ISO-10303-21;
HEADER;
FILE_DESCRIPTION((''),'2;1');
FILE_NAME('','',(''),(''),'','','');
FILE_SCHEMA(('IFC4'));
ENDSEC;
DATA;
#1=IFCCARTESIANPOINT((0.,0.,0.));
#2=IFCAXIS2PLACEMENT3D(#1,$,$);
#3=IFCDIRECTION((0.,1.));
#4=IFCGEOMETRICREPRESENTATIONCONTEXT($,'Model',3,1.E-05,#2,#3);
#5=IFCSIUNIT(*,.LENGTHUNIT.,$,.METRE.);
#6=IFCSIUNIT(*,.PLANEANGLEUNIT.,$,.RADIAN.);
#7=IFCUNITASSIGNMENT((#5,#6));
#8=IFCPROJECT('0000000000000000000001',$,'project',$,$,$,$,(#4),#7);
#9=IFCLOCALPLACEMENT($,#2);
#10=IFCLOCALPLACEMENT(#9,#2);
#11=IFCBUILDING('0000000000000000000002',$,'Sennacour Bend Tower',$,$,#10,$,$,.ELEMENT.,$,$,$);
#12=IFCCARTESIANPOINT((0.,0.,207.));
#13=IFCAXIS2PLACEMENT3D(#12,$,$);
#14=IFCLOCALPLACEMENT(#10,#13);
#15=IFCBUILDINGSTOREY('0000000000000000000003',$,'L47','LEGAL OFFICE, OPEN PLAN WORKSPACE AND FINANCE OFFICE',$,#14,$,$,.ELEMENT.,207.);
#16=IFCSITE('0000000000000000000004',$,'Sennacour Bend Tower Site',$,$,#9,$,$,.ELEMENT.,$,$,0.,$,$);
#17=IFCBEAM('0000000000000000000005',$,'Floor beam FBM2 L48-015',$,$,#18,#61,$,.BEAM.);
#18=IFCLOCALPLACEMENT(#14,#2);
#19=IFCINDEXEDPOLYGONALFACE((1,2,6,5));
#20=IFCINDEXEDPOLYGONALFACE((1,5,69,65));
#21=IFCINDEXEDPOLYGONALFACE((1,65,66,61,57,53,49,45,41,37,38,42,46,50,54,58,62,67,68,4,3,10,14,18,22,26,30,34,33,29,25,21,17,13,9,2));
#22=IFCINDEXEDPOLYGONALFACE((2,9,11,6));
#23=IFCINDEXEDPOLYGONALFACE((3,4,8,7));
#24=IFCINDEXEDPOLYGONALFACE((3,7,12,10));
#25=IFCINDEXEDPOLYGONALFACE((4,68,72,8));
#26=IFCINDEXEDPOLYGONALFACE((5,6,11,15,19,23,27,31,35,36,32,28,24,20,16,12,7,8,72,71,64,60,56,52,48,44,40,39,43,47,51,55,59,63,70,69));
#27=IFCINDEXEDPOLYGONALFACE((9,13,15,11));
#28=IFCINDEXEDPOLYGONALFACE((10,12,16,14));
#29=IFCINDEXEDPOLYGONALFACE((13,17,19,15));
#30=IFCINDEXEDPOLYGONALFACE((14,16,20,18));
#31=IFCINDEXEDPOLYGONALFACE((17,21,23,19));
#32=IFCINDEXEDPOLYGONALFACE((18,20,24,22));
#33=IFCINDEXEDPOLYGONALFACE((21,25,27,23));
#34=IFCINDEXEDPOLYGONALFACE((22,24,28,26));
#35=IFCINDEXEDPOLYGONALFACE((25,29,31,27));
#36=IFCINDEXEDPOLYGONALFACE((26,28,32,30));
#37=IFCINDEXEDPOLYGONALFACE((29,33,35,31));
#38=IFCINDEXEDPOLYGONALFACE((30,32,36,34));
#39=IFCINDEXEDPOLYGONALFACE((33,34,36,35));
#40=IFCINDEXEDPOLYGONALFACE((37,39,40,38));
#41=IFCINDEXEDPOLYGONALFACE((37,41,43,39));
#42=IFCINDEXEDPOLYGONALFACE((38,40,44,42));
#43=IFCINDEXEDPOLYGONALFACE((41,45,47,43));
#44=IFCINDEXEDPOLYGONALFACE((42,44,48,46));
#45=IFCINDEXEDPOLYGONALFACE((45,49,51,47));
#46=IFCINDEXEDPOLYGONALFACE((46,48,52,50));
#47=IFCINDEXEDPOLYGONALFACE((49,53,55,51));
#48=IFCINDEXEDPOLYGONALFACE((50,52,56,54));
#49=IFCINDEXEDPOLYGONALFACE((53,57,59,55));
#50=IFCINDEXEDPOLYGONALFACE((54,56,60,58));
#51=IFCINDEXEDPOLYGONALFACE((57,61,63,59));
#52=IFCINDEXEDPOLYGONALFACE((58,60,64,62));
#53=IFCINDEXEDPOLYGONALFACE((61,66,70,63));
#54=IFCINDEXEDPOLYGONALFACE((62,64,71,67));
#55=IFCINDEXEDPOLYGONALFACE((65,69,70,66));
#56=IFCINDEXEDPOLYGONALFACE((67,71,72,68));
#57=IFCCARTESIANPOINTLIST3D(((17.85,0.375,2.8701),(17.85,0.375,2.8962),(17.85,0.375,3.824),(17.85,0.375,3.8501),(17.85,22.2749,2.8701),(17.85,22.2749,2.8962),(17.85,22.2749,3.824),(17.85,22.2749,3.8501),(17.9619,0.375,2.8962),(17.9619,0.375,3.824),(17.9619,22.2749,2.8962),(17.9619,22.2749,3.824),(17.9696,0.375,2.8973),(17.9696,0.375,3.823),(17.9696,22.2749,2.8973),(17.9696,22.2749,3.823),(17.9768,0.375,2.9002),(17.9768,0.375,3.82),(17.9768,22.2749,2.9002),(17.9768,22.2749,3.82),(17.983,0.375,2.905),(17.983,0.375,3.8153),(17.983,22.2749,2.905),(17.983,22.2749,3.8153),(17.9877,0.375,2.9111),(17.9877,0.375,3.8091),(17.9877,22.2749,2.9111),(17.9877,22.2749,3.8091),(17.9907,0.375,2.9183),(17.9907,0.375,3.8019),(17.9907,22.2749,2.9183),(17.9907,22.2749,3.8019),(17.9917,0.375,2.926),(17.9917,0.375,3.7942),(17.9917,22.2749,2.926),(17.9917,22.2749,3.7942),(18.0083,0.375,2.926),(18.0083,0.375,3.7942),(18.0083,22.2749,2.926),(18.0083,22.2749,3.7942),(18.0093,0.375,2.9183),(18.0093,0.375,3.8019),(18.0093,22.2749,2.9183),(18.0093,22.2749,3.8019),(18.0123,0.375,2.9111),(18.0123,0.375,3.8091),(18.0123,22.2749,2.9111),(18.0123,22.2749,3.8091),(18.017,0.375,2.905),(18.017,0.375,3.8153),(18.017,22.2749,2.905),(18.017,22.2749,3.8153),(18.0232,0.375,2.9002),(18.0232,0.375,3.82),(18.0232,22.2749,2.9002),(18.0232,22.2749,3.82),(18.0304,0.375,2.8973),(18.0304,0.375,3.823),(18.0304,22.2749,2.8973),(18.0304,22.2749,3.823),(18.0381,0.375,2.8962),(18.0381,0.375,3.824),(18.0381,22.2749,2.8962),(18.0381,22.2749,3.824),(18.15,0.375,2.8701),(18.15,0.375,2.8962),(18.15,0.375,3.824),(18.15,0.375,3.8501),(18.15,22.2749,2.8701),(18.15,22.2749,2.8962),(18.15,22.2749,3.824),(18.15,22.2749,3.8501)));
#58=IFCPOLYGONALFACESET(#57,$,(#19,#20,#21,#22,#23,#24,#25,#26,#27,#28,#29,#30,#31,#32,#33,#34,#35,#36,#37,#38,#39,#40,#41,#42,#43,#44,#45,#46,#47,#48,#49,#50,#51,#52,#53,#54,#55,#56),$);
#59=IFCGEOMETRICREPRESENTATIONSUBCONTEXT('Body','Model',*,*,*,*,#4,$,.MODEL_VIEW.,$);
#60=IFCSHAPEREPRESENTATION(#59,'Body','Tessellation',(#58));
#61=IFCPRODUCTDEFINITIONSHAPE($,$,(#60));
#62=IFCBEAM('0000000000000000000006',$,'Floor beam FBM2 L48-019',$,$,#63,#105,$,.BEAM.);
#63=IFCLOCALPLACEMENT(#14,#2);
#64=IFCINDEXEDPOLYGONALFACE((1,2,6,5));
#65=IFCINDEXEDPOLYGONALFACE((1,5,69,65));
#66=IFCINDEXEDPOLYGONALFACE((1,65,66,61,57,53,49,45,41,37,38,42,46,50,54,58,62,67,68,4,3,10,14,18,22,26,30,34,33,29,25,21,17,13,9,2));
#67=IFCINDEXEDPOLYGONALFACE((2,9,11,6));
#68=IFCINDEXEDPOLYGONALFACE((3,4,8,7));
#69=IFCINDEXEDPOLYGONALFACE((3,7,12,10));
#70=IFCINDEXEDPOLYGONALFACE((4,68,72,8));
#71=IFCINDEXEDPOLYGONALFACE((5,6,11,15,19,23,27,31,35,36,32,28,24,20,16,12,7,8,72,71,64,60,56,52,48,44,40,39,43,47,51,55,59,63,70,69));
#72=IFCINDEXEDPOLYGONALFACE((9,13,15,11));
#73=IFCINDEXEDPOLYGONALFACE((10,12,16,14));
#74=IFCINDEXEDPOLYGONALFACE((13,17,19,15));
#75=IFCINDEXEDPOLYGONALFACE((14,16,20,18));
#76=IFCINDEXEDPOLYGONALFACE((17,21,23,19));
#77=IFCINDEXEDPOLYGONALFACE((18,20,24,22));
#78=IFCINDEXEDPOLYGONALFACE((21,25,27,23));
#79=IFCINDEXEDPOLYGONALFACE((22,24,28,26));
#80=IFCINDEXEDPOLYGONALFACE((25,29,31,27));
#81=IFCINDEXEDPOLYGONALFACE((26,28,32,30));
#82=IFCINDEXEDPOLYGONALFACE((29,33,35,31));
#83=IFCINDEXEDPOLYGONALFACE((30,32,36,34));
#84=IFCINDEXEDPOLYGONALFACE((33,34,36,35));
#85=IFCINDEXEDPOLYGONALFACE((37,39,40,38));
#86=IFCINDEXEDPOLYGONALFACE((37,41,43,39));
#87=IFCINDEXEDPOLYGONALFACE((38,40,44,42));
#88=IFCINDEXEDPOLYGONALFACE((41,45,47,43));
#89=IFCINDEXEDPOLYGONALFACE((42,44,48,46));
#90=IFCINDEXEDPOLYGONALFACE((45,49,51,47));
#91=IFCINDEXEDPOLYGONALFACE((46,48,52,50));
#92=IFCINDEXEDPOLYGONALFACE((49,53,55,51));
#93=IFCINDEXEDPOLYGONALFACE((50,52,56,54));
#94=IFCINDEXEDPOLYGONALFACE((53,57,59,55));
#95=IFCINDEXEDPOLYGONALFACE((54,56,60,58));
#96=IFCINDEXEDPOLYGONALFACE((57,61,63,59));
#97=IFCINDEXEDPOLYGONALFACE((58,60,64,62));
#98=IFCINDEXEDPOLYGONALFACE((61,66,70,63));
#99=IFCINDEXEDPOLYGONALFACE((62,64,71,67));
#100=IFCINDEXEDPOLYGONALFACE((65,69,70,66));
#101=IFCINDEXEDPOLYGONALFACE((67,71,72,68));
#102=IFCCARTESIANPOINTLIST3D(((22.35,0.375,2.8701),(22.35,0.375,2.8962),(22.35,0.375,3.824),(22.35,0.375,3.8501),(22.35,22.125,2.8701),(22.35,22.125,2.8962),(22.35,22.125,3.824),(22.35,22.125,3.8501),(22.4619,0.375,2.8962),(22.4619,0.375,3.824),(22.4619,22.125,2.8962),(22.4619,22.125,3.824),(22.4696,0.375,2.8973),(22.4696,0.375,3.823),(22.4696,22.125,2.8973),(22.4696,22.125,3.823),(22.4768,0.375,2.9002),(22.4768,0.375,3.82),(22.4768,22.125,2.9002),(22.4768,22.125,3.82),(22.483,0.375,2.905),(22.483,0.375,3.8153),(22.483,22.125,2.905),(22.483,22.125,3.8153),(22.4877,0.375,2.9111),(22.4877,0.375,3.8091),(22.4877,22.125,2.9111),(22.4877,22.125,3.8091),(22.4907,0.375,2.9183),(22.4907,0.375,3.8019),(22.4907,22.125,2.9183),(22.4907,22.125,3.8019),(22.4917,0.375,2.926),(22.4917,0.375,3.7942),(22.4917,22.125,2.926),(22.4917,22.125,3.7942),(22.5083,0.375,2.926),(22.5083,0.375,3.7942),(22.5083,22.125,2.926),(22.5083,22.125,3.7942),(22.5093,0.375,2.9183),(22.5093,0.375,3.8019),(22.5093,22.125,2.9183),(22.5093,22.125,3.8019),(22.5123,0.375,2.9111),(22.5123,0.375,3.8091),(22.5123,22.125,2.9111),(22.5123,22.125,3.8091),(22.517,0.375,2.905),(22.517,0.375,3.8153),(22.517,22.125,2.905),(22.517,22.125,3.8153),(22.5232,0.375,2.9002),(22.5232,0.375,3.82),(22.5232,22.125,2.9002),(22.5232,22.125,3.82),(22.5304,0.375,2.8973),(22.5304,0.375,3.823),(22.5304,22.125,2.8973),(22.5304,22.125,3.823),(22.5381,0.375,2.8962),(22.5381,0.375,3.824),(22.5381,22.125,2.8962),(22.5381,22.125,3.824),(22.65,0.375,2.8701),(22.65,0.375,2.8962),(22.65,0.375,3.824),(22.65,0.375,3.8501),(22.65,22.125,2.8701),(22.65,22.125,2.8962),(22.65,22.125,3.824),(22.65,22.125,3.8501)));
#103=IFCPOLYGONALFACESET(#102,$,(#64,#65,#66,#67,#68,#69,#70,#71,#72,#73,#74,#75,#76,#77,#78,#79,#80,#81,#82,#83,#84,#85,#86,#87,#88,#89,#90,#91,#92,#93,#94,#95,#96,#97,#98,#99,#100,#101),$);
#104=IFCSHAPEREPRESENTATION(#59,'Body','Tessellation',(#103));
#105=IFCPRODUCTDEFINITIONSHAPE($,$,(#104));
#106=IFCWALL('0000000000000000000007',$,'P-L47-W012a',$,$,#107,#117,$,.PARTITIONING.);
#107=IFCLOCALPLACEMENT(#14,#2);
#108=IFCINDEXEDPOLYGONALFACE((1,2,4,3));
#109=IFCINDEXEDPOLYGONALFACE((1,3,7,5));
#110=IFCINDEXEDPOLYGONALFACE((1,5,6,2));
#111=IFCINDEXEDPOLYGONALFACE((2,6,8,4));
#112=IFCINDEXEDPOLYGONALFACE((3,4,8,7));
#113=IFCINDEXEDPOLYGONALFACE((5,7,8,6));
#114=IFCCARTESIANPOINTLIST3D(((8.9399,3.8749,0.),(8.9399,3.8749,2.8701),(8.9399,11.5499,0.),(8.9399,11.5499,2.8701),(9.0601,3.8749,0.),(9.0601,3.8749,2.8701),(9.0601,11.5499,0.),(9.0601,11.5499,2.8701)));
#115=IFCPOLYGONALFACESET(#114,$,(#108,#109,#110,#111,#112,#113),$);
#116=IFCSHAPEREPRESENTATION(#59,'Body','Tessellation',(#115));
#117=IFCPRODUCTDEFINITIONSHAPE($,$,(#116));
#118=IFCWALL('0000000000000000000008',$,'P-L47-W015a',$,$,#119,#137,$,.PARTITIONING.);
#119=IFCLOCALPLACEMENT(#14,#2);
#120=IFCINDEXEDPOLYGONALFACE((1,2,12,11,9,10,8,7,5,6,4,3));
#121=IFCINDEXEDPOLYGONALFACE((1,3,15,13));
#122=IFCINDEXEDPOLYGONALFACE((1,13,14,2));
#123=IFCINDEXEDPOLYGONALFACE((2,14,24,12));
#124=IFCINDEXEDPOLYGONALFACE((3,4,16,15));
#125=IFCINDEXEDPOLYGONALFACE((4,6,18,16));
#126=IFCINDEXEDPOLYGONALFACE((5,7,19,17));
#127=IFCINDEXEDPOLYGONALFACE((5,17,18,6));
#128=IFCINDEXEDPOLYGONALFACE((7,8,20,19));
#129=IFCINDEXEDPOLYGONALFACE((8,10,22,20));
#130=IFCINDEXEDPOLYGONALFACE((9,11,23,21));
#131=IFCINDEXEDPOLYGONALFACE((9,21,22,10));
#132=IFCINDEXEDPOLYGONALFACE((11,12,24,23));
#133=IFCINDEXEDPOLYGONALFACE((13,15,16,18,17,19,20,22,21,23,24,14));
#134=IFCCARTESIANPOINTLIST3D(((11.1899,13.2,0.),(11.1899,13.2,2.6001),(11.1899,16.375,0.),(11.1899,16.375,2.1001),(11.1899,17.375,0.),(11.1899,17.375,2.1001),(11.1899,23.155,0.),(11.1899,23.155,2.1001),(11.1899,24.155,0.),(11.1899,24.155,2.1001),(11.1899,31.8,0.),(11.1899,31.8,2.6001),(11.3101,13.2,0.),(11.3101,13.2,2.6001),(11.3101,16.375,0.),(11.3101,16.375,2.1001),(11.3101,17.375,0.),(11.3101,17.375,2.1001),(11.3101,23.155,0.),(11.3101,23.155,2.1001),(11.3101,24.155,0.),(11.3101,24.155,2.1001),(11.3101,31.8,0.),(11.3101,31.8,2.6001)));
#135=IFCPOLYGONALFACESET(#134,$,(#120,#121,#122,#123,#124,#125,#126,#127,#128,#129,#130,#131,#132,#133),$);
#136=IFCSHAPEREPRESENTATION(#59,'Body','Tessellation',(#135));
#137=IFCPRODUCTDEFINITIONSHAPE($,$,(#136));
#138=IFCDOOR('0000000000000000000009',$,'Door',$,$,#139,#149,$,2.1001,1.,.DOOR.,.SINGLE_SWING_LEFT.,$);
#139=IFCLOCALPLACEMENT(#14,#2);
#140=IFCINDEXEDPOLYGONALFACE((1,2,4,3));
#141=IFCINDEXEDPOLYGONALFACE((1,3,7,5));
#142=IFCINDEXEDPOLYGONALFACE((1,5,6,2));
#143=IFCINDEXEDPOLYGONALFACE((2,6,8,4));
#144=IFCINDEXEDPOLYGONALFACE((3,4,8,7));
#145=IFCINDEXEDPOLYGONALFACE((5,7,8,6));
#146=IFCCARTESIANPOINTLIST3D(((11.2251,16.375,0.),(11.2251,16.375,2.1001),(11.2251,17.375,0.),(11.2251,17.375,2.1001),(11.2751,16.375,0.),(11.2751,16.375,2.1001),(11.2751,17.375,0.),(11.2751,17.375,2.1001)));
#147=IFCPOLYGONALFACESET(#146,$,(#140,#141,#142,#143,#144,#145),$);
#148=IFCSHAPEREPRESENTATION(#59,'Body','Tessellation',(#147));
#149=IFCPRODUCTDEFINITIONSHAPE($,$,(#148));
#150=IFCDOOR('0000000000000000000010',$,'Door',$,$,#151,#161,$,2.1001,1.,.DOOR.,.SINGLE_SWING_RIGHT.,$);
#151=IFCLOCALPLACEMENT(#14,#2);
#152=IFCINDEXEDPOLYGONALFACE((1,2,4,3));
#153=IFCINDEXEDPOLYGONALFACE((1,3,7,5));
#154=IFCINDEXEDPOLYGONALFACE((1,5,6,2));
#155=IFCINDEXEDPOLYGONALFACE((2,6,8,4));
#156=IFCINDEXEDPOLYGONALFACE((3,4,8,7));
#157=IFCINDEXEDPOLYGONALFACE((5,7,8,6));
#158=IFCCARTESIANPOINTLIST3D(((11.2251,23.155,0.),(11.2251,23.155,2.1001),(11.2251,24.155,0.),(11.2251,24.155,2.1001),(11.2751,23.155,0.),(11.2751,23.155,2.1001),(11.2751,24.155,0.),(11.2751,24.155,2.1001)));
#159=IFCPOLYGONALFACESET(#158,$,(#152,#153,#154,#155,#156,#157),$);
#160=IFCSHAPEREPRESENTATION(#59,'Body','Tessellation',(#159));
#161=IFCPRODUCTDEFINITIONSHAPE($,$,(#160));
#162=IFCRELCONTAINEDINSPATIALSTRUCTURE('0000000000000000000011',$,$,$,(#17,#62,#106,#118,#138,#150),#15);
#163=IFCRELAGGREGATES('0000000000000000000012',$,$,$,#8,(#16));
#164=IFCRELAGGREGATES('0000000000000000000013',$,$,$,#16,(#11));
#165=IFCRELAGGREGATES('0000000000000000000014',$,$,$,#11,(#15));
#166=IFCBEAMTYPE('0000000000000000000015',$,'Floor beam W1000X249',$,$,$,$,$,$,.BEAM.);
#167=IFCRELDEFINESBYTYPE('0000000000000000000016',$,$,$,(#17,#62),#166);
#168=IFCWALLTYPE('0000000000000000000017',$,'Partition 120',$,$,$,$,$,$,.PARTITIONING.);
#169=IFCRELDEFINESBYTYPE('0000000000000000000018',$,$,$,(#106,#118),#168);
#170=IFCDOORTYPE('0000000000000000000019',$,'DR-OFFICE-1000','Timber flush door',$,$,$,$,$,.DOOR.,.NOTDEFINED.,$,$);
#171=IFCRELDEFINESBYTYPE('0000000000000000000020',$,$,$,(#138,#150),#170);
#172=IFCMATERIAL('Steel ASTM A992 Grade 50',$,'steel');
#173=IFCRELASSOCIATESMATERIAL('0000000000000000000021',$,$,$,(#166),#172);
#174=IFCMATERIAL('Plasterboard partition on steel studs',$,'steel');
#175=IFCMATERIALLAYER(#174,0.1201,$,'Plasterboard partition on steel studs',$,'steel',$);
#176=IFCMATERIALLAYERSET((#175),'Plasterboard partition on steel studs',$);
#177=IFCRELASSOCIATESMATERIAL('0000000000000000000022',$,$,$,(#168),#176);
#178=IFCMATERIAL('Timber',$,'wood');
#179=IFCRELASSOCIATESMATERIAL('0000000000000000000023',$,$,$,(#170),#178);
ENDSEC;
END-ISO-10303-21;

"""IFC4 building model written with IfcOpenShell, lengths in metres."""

from ifc_helpers import new_model, si_unit, direction, frame, frame_2d, origin, origin_2d, place, context, subcontext, project, spatial, rectangle, i_section, extrude, material, layer, layer_set, material_profile, profile_set, type_object, element, fill, save


model = new_model("IFC4")

# Units and contexts
model_context = context("Model", 3, precision=1e-05, world=origin(), true_north=direction((0.0, 1.0)))
body_context = subcontext(model_context, "Body", "Model", "MODEL_VIEW")
ifc_project = project(units=[si_unit("LENGTHUNIT", "METRE"), si_unit("PLANEANGLEUNIT", "RADIAN")], contexts=[model_context])

# Site, building, storey
site_placement = place(None, origin())
site = spatial("IfcSite", under=ifc_project, at=site_placement, Name="Sennacour Bend Tower Site", CompositionType="ELEMENT", RefElevation=0.0)
building_placement = place(site_placement, origin())
building = spatial("IfcBuilding", under=site, at=building_placement, Name="Sennacour Bend Tower", CompositionType="ELEMENT")
storey_placement = place(building_placement, frame((0.0, 0.0, 207.0)))
storey = spatial("IfcBuildingStorey", under=building, at=storey_placement, Name="L47", Description="LEGAL OFFICE, OPEN PLAN WORKSPACE AND FINANCE OFFICE", CompositionType="ELEMENT", Elevation=207.0)

# Beams
ifc_material_1 = material(Name="Steel ASTM A992 Grade 50", Category="steel")
ifc_material_profile = material_profile(ifc_material_1, i_section(OverallWidth=0.3, OverallDepth=0.98, WebThickness=0.0166, FlangeThickness=0.0261, FilletRadius=0.0298, at=origin_2d()), Name="Steel ASTM A992 Grade 50", Category="steel")
ifc_profile_set = profile_set([ifc_material_profile], Name="Steel ASTM A992 Grade 50")
beam_type = type_object("IfcBeamType", Name="Floor beam W1000X249", PredefinedType="BEAM", material=ifc_profile_set)
for number, where, z_axis, x_axis, name in (
    (1, (18.0, 0.375, 3.3601), (0.0, 1.0, 0.0), (-1.0, 0.0, 0.0), "Floor beam FBM2 L48-015"),
):
    element("IfcBeam", number, at=place(storey_placement, frame(where, z_axis=z_axis, x_axis=x_axis)), inside=storey, type_object=beam_type, Name=name, PredefinedType="BEAM", context=body_context, shape_type="SweptSolid", body=[
        extrude(i_section(OverallWidth=0.3, OverallDepth=0.98, WebThickness=0.0166, FlangeThickness=0.0261, FilletRadius=0.0298, at=origin_2d()), origin(), (0.0, 0.0, 1.0), 21.8999),
    ])
beam_placement = place(storey_placement, frame((22.5, 0.375, 3.3601), z_axis=(0.0, 1.0, 0.0), x_axis=(-1.0, 0.0, 0.0)))
element("IfcBeam", 2, at=beam_placement, inside=storey, type_object=beam_type, Name="Floor beam FBM2 L48-019", PredefinedType="BEAM", context=body_context, shape_type="SweptSolid", body=[
    extrude(i_section(OverallWidth=0.3, OverallDepth=0.98, WebThickness=0.0166, FlangeThickness=0.0261, FilletRadius=0.0298, at=origin_2d()), origin(), (0.0, 0.0, 1.0), 21.75),
])

# Wall
ifc_material_2 = material(Name="Plasterboard partition on steel studs", Category="steel")
ifc_layer_1 = layer(ifc_material_2, 0.1201, Name="Plasterboard partition on steel studs", Category="steel")
ifc_layer_set_1 = layer_set([ifc_layer_1], Name="Plasterboard partition on steel studs")
wall_type_1 = type_object("IfcWallType", Name="Partition 120", PredefinedType="PARTITIONING", material=ifc_layer_set_1)
wall_1_placement = place(storey_placement, frame((9.0, 3.875, 0.0), z_axis=(0.0, 0.0, 1.0), x_axis=(0.0, 1.0, 0.0)))
element("IfcWall", 3, at=wall_1_placement, inside=storey, type_object=wall_type_1, Name="P-L47-W012a", PredefinedType="PARTITIONING", context=body_context, shape_type="SweptSolid", body=[
    extrude(rectangle(XDim=7.675, YDim=0.1201, at=frame_2d((3.8374, 0.0))), origin(), (0.0, 0.0, 1.0), 2.8701),
])

# Wall, openings, doors
wall_2_placement = place(storey_placement, frame((11.25, 13.2, 0.0), z_axis=(0.0, 0.0, 1.0), x_axis=(0.0, 1.0, 0.0)))
wall_2 = element("IfcWall", 4, at=wall_2_placement, inside=storey, type_object=wall_type_1, Name="P-L47-W015a", PredefinedType="PARTITIONING", context=body_context, shape_type="SweptSolid", body=[
    extrude(rectangle(XDim=18.6001, YDim=0.1201, at=frame_2d((9.3, 0.0))), origin(), (0.0, 0.0, 1.0), 2.6001),
])
opening_1_placement = place(wall_2_placement, frame((3.175, 0.0, 0.0)))
opening_1 = element("IfcOpeningElement", 5, at=opening_1_placement, cuts=wall_2, PredefinedType="OPENING", context=body_context, shape_type="SweptSolid", body=[
    extrude(rectangle(XDim=1.0, YDim=2.1001, at=frame_2d((0.5, 1.05))), frame((0.0, 0.0701, 0.0), z_axis=(0.0, -1.0, 0.0), x_axis=(1.0, 0.0, 0.0)), (0.0, 0.0, 1.0), 0.1401),
])
opening_2_placement = place(wall_2_placement, frame((9.9551, 0.0, 0.0)))
opening_2 = element("IfcOpeningElement", 6, at=opening_2_placement, cuts=wall_2, PredefinedType="OPENING", context=body_context, shape_type="SweptSolid", body=[
    extrude(rectangle(XDim=1.0, YDim=2.1001, at=frame_2d((0.5, 1.05))), frame((0.0, 0.0701, 0.0), z_axis=(0.0, -1.0, 0.0), x_axis=(1.0, 0.0, 0.0)), (0.0, 0.0, 1.0), 0.1401),
])
ifc_material_3 = material(Name="Timber", Category="wood")
door_type_1 = type_object("IfcDoorType", Name="DR-OFFICE-1000", Description="Timber flush door", OperationType="NOTDEFINED", PredefinedType="DOOR", material=ifc_material_3)
door_1_placement = place(opening_1_placement, origin())
door_1 = element("IfcDoor", 7, at=door_1_placement, inside=storey, type_object=door_type_1, Name="Door", OperationType="SINGLE_SWING_LEFT", OverallHeight=2.1001, OverallWidth=1.0, PredefinedType="DOOR", context=body_context, shape_type="SweptSolid", body=[
    extrude(rectangle(XDim=1.0, YDim=2.1001, at=frame_2d((0.5, 1.05))), frame((0.0, 0.0249, 0.0), z_axis=(0.0, -1.0, 0.0), x_axis=(1.0, 0.0, 0.0)), (0.0, 0.0, 1.0), 0.05),
])
fill(opening_1, door_1)
door_2_placement = place(opening_2_placement, origin())
door_2 = element("IfcDoor", 8, at=door_2_placement, inside=storey, type_object=door_type_1, Name="Door", OperationType="SINGLE_SWING_RIGHT", OverallHeight=2.1001, OverallWidth=1.0, PredefinedType="DOOR", context=body_context, shape_type="SweptSolid", body=[
    extrude(rectangle(XDim=1.0, YDim=2.1001, at=frame_2d((0.5, 1.05))), frame((0.0, 0.0249, 0.0), z_axis=(0.0, -1.0, 0.0), x_axis=(1.0, 0.0, 0.0)), (0.0, 0.0, 1.0), 0.05),
])
fill(opening_2, door_2)

save(model, "model.ifc")
